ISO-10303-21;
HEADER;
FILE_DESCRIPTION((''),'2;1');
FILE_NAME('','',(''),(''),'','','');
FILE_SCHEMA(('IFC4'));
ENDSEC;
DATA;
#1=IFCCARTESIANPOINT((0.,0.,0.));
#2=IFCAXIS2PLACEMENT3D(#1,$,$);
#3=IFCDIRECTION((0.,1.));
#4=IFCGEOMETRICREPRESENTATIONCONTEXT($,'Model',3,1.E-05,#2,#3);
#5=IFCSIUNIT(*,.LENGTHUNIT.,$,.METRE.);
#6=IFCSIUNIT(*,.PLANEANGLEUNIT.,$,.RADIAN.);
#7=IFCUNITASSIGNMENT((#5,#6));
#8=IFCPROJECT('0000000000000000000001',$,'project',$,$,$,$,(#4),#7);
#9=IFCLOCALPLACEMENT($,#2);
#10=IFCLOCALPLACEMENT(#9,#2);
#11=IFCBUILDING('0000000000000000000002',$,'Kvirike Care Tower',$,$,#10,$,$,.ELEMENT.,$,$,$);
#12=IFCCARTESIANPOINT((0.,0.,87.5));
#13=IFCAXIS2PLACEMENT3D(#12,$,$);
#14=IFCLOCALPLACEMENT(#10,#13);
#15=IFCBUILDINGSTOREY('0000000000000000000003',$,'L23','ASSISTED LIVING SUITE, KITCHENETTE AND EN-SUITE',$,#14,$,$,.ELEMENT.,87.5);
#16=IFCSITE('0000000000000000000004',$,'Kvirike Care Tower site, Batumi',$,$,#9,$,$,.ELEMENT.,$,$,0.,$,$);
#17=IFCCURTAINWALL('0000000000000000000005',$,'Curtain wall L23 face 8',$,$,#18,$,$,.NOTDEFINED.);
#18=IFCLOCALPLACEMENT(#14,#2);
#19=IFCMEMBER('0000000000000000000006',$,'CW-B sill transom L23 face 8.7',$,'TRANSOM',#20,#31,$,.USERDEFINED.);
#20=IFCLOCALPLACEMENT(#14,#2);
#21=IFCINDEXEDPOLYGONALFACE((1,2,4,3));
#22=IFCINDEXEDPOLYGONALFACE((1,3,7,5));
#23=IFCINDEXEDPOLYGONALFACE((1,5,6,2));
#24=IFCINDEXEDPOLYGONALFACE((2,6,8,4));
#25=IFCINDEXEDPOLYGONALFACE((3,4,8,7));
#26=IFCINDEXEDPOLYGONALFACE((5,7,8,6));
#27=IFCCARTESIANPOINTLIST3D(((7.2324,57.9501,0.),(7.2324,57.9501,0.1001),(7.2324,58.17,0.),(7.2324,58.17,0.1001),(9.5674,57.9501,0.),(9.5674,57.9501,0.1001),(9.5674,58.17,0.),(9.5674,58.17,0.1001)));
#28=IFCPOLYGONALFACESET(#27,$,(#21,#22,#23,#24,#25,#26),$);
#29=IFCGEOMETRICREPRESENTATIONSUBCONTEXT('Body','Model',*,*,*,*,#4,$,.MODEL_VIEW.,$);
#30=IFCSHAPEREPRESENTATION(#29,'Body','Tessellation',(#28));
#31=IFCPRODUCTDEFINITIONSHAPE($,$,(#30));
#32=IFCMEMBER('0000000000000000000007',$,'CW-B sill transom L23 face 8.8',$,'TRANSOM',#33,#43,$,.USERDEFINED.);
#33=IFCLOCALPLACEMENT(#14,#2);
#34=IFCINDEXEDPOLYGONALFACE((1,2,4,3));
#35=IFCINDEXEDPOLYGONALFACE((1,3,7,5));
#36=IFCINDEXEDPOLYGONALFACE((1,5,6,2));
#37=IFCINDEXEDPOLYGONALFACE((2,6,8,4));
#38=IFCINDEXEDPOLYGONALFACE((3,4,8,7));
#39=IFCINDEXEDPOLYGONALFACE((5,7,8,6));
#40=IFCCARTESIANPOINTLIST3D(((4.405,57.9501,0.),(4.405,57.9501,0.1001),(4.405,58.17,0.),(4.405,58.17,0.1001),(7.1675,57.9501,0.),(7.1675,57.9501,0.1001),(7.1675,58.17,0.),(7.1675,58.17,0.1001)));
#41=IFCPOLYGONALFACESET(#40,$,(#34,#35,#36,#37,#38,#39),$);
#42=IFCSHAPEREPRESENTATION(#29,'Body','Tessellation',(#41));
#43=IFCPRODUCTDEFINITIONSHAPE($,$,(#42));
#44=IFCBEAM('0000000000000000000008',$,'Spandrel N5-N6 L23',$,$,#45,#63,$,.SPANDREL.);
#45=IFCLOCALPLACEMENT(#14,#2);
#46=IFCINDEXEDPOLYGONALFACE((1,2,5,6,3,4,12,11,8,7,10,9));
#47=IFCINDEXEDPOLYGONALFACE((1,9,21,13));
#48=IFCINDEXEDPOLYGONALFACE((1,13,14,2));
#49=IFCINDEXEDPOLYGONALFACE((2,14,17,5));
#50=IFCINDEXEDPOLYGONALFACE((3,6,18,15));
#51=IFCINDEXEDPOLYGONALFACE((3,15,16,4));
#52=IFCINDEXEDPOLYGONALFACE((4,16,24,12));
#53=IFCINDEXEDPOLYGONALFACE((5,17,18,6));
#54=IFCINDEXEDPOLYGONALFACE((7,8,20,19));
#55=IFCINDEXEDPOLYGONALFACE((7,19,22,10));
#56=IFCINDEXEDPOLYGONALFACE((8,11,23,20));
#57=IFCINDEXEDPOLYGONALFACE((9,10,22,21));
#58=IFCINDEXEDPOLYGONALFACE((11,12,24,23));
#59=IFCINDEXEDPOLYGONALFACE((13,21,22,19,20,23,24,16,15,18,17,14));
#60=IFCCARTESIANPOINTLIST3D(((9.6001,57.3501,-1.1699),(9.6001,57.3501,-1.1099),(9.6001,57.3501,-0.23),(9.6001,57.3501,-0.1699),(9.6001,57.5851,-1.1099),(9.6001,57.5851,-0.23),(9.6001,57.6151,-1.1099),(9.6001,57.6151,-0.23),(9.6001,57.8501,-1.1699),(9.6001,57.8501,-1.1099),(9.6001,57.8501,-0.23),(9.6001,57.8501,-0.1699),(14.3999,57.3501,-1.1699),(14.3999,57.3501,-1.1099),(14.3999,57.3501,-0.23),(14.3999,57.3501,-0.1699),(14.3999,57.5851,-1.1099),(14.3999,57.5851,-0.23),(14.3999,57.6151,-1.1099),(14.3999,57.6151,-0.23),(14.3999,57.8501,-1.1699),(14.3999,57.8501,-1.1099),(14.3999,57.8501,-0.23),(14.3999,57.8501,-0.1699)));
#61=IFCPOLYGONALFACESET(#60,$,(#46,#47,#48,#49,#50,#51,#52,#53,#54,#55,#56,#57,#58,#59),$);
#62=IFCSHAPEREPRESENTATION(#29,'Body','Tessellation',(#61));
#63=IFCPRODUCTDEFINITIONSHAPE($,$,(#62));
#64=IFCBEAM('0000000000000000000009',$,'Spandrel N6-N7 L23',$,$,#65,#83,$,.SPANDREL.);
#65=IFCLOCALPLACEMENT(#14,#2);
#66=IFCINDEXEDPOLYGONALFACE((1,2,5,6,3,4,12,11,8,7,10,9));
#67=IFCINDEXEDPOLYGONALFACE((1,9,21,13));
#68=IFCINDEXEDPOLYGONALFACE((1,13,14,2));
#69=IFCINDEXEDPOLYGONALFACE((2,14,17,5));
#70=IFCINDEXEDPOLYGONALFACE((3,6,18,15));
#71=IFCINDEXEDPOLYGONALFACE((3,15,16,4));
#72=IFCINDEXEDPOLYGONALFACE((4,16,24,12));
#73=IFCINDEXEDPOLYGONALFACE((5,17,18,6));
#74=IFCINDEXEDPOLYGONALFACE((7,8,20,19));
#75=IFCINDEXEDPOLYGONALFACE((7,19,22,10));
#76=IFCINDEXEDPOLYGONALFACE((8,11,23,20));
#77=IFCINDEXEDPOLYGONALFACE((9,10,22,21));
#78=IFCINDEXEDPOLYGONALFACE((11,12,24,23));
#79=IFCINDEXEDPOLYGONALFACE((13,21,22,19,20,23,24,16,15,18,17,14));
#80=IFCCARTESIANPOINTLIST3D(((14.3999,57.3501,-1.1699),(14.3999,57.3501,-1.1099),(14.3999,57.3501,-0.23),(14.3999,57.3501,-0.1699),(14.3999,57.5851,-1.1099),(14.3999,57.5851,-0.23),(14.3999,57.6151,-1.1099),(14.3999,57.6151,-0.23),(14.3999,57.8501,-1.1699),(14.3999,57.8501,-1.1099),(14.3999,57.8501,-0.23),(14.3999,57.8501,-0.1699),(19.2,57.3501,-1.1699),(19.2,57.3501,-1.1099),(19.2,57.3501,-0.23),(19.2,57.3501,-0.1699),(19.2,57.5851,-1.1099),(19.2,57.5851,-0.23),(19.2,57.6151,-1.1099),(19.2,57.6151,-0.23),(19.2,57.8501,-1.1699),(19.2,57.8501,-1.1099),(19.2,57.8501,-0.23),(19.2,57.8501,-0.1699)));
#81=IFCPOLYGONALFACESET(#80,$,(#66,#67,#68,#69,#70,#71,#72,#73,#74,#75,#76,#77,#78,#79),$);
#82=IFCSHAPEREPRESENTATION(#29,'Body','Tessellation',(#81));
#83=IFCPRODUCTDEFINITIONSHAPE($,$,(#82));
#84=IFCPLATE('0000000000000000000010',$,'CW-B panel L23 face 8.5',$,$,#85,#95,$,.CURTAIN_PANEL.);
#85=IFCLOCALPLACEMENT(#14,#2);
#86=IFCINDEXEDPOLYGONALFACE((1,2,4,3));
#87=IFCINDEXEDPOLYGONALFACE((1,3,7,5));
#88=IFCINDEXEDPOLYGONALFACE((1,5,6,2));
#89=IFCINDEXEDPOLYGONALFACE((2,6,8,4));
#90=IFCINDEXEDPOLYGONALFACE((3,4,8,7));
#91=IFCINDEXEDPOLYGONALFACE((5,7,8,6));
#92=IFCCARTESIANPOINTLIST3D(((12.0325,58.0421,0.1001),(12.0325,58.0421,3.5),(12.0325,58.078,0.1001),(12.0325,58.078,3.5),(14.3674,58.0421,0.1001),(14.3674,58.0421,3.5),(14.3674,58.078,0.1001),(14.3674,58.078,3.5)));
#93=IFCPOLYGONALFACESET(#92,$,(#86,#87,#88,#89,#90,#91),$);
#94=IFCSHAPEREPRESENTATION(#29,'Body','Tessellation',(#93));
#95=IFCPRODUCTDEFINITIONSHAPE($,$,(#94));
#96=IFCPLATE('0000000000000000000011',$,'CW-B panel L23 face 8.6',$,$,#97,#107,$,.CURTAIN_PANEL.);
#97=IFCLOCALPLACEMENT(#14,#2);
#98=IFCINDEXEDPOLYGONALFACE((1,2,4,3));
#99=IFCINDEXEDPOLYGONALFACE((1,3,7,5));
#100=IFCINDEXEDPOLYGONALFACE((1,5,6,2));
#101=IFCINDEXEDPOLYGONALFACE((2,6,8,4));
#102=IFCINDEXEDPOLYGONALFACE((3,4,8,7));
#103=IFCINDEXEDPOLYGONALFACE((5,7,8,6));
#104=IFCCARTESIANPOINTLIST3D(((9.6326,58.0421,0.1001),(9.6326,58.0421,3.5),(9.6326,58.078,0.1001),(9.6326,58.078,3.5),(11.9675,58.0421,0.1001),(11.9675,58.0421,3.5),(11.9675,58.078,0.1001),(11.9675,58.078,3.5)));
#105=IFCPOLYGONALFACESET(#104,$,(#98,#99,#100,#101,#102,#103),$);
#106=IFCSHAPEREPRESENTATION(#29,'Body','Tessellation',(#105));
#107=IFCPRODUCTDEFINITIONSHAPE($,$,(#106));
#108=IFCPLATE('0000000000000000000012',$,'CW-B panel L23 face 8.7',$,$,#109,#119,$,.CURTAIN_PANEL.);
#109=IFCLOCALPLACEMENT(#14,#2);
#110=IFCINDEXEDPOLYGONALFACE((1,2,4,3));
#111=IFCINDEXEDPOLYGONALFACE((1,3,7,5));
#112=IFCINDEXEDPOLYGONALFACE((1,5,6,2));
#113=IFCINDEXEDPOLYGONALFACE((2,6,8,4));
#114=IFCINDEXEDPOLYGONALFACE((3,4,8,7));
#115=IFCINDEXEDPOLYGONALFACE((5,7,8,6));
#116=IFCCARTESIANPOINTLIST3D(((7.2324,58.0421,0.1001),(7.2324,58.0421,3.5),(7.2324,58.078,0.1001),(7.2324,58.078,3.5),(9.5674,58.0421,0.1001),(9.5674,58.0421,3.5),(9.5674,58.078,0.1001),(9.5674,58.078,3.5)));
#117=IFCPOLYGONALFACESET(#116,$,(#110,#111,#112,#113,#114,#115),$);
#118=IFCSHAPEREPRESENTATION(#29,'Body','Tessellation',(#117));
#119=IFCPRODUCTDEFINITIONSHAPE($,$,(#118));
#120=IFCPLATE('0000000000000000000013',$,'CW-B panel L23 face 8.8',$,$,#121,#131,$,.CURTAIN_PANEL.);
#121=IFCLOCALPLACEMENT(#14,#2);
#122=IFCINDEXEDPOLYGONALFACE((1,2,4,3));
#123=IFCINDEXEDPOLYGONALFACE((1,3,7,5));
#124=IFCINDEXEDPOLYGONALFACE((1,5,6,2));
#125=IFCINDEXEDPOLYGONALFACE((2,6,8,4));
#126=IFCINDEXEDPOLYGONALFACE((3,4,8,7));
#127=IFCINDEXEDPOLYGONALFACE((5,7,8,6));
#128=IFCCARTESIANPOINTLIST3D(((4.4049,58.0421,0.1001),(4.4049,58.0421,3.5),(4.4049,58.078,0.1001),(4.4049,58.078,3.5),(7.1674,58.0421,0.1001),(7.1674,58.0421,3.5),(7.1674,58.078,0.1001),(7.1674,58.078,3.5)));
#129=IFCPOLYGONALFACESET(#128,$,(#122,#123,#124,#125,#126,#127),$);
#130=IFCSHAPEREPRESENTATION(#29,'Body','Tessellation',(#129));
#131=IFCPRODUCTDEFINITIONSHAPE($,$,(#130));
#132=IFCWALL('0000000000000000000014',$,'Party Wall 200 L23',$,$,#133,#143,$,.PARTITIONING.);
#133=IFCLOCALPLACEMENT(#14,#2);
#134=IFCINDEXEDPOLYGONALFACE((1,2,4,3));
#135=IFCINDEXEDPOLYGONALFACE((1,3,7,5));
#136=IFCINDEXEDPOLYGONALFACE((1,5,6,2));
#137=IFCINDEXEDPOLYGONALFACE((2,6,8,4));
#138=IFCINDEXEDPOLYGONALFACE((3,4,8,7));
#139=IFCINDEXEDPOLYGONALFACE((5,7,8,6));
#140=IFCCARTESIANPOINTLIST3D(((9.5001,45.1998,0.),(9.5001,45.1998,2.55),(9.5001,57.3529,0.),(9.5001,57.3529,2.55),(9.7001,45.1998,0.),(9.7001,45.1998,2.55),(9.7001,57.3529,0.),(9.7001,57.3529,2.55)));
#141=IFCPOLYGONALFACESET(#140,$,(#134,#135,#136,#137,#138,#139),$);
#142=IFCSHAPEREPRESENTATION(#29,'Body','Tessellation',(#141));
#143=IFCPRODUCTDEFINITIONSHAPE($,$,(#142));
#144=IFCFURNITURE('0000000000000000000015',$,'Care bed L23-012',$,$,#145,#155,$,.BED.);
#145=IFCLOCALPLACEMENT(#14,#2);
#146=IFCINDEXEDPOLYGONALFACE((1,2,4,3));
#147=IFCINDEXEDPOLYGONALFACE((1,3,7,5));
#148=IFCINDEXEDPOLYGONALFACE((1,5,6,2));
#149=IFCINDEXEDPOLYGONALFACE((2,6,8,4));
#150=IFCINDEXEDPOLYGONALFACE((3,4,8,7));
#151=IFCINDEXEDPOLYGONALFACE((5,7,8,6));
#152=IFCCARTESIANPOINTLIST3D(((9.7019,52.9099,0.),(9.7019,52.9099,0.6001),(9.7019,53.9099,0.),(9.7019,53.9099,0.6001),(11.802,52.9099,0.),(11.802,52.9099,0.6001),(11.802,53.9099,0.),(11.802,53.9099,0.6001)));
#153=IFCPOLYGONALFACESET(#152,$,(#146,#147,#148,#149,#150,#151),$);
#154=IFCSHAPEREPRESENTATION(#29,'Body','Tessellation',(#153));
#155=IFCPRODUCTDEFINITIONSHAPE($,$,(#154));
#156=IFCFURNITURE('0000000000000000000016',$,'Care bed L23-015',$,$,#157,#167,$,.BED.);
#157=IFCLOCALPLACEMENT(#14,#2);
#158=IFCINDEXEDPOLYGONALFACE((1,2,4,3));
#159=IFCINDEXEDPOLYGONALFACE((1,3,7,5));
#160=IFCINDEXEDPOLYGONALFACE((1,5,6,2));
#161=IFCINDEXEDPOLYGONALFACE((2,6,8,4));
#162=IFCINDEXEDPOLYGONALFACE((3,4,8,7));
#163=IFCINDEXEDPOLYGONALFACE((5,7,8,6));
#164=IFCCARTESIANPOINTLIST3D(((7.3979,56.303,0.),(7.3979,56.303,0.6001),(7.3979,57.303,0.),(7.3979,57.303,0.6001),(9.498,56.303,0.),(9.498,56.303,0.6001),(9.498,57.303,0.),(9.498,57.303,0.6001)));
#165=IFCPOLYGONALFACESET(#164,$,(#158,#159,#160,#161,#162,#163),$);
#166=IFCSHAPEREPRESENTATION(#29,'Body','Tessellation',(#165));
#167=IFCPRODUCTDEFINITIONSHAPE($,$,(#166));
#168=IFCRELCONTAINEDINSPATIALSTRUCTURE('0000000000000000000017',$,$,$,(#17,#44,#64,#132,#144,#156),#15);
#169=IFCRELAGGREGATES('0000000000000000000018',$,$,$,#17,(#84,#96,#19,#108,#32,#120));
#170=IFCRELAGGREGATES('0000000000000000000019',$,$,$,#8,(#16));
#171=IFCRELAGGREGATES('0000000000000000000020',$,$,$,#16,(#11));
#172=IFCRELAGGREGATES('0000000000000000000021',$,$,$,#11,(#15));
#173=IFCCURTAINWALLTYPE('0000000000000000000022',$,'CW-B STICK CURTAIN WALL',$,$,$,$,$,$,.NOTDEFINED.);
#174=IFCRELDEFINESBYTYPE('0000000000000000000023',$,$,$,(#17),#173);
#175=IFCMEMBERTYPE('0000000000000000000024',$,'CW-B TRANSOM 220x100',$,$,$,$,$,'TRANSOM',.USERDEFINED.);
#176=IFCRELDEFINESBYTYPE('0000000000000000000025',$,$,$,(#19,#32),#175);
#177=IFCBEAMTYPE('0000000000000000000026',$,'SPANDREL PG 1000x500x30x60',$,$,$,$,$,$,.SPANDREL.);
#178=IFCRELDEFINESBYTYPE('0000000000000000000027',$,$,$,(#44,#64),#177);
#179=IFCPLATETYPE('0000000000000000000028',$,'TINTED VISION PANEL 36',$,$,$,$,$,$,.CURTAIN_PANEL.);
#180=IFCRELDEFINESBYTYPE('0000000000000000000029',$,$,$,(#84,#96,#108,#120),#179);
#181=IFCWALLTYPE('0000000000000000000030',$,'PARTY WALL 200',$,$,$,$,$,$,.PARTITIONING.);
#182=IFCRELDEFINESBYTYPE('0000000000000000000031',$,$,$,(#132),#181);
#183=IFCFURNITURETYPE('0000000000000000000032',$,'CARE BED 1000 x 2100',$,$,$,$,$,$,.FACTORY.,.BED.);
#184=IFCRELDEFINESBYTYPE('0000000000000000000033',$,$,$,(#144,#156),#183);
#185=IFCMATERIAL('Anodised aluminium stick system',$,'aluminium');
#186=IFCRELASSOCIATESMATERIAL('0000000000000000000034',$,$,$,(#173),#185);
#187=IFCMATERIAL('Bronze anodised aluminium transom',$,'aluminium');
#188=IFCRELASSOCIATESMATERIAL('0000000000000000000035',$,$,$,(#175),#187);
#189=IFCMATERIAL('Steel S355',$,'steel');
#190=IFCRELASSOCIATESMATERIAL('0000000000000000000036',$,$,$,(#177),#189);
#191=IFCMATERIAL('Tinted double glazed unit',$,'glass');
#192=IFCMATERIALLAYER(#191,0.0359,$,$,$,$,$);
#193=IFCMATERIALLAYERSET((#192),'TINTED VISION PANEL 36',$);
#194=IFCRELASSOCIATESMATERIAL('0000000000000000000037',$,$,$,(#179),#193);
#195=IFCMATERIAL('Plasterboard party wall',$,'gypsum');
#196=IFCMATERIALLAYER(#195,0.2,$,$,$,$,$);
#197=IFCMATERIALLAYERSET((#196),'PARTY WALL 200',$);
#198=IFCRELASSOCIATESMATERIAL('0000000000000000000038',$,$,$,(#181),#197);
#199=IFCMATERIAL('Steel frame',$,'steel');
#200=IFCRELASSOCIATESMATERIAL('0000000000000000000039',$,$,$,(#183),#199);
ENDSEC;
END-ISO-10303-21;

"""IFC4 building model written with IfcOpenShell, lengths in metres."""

from ifc_helpers import new_model, si_unit, direction, frame, frame_2d, origin, origin_2d, place, context, subcontext, project, spatial, rectangle, i_section, extrude, material, layer, layer_set, material_profile, profile_set, type_object, element, aggregate, save


model = new_model("IFC4")

# Units and contexts
model_context = context("Model", 3, precision=1e-05, world=origin(), true_north=direction((0.0, 1.0)))
body_context = subcontext(model_context, "Body", "Model", "MODEL_VIEW")
ifc_project = project(units=[si_unit("LENGTHUNIT", "METRE"), si_unit("PLANEANGLEUNIT", "RADIAN")], contexts=[model_context])

# Site, building, storey
site_placement = place(None, origin())
site = spatial("IfcSite", under=ifc_project, at=site_placement, Name="Kvirike Care Tower site, Batumi", CompositionType="ELEMENT", RefElevation=0.0)
building_placement = place(site_placement, origin())
building = spatial("IfcBuilding", under=site, at=building_placement, Name="Kvirike Care Tower", CompositionType="ELEMENT")
storey_placement = place(building_placement, frame((0.0, 0.0, 87.5)))
storey = spatial("IfcBuildingStorey", under=building, at=storey_placement, Name="L23", Description="ASSISTED LIVING SUITE, KITCHENETTE AND EN-SUITE", CompositionType="ELEMENT", Elevation=87.5)

# Curtain wall, members
ifc_material_1 = material(Name="Anodised aluminium stick system", Category="aluminium")
curtain_wall_type = type_object("IfcCurtainWallType", Name="CW-B STICK CURTAIN WALL", PredefinedType="NOTDEFINED", material=ifc_material_1)
curtain_wall_placement = place(storey_placement, origin())
curtain_wall = element("IfcCurtainWall", 1, at=curtain_wall_placement, inside=storey, type_object=curtain_wall_type, Name="Curtain wall L23 face 8", PredefinedType="NOTDEFINED")
ifc_material_2 = material(Name="Bronze anodised aluminium transom", Category="aluminium")
ifc_material_profile_1 = material_profile(ifc_material_2, rectangle(XDim=0.22, YDim=0.1001, at=origin_2d()), Name="CW-B TRANSOM 220x100")
ifc_profile_set_1 = profile_set([ifc_material_profile_1], Name="Bronze anodised aluminium transom")
member_type_1 = type_object("IfcMemberType", Name="CW-B TRANSOM 220x100", ElementType="TRANSOM", PredefinedType="USERDEFINED", material=ifc_profile_set_1)
member_1_placement = place(storey_placement, frame((9.5674, 58.0601, 0.05), z_axis=(-1.0, 0.0, 0.0), x_axis=(0.0, -1.0, 0.0)))
member_1 = element("IfcMember", 2, at=member_1_placement, type_object=member_type_1, Name="CW-B sill transom L23 face 8.7", ObjectType="TRANSOM", PredefinedType="USERDEFINED", context=body_context, shape_type="SweptSolid", body=[
    extrude(rectangle(XDim=0.22, YDim=0.1001, at=origin_2d()), origin(), (0.0, 0.0, 1.0), 2.335),
])
member_2_placement = place(storey_placement, frame((7.1675, 58.0601, 0.05), z_axis=(-1.0, 0.0, 0.0), x_axis=(0.0, -1.0, 0.0)))
member_2 = element("IfcMember", 3, at=member_2_placement, type_object=member_type_1, Name="CW-B sill transom L23 face 8.8", ObjectType="TRANSOM", PredefinedType="USERDEFINED", context=body_context, shape_type="SweptSolid", body=[
    extrude(rectangle(XDim=0.22, YDim=0.1001, at=origin_2d()), origin(), (0.0, 0.0, 1.0), 2.7625),
])

# Beams
ifc_material_3 = material(Name="Steel S355", Category="steel")
ifc_material_profile_2 = material_profile(ifc_material_3, i_section(OverallWidth=0.5, OverallDepth=1.0, WebThickness=0.03, FlangeThickness=0.0601, at=origin_2d()), Name="PG 1000x500x30x60")
ifc_profile_set_2 = profile_set([ifc_material_profile_2], Name="Steel S355")
beam_type = type_object("IfcBeamType", Name="SPANDREL PG 1000x500x30x60", PredefinedType="SPANDREL", material=ifc_profile_set_2)
beam_1_placement = place(storey_placement, frame((9.6001, 57.6001, -0.6699), z_axis=(1.0, 0.0, 0.0), x_axis=(0.0, 1.0, 0.0)))
element("IfcBeam", 4, at=beam_1_placement, inside=storey, type_object=beam_type, Name="Spandrel N5-N6 L23", PredefinedType="SPANDREL", context=body_context, shape_type="SweptSolid", body=[
    extrude(i_section(OverallWidth=0.5, OverallDepth=1.0, WebThickness=0.03, FlangeThickness=0.0601, at=origin_2d()), origin(), (0.0, 0.0, 1.0), 4.7998),
])
beam_2_placement = place(storey_placement, frame((14.3999, 57.6001, -0.6699), z_axis=(1.0, 0.0, 0.0), x_axis=(0.0, 1.0, 0.0)))
element("IfcBeam", 5, at=beam_2_placement, inside=storey, type_object=beam_type, Name="Spandrel N6-N7 L23", PredefinedType="SPANDREL", context=body_context, shape_type="SweptSolid", body=[
    extrude(i_section(OverallWidth=0.5, OverallDepth=1.0, WebThickness=0.03, FlangeThickness=0.0601, at=origin_2d()), origin(), (0.0, 0.0, 1.0), 4.8),
])

# Plates
ifc_material_4 = material(Name="Tinted double glazed unit", Category="glass")
ifc_layer_1 = layer(ifc_material_4, 0.0359)
ifc_layer_set_1 = layer_set([ifc_layer_1], Name="TINTED VISION PANEL 36")
plate_type = type_object("IfcPlateType", Name="TINTED VISION PANEL 36", PredefinedType="CURTAIN_PANEL", material=ifc_layer_set_1)
plate_1_placement = place(storey_placement, frame((13.2, 58.0601, 0.1001), z_axis=(0.0, 0.0, 1.0), x_axis=(-1.0, 0.0, 0.0)))
plate_1 = element("IfcPlate", 6, at=plate_1_placement, type_object=plate_type, Name="CW-B panel L23 face 8.5", PredefinedType="CURTAIN_PANEL", context=body_context, shape_type="SweptSolid", body=[
    extrude(rectangle(XDim=2.335, YDim=0.0359, at=origin_2d()), origin(), (0.0, 0.0, 1.0), 3.3999),
])
plate_2_placement = place(storey_placement, frame((10.8, 58.0601, 0.1001), z_axis=(0.0, 0.0, 1.0), x_axis=(-1.0, 0.0, 0.0)))
plate_2 = element("IfcPlate", 7, at=plate_2_placement, type_object=plate_type, Name="CW-B panel L23 face 8.6", PredefinedType="CURTAIN_PANEL", context=body_context, shape_type="SweptSolid", body=[
    extrude(rectangle(XDim=2.335, YDim=0.0359, at=origin_2d()), origin(), (0.0, 0.0, 1.0), 3.3999),
])
plate_3_placement = place(storey_placement, frame((8.3999, 58.0601, 0.1001), z_axis=(0.0, 0.0, 1.0), x_axis=(-1.0, 0.0, 0.0)))
plate_3 = element("IfcPlate", 8, at=plate_3_placement, type_object=plate_type, Name="CW-B panel L23 face 8.7", PredefinedType="CURTAIN_PANEL", context=body_context, shape_type="SweptSolid", body=[
    extrude(rectangle(XDim=2.335, YDim=0.0359, at=origin_2d()), origin(), (0.0, 0.0, 1.0), 3.3999),
])
plate_4_placement = place(storey_placement, frame((5.7861, 58.0601, 0.1001), z_axis=(0.0, 0.0, 1.0), x_axis=(-1.0, 0.0, 0.0)))
plate_4 = element("IfcPlate", 9, at=plate_4_placement, type_object=plate_type, Name="CW-B panel L23 face 8.8", PredefinedType="CURTAIN_PANEL", context=body_context, shape_type="SweptSolid", body=[
    extrude(rectangle(XDim=2.7625, YDim=0.0359, at=origin_2d()), origin(), (0.0, 0.0, 1.0), 3.3999),
])
aggregate(curtain_wall, [plate_1, plate_2, member_1, plate_3, member_2, plate_4])

# Wall
ifc_material_5 = material(Name="Plasterboard party wall", Category="gypsum")
ifc_layer_2 = layer(ifc_material_5, 0.2)
ifc_layer_set_2 = layer_set([ifc_layer_2], Name="PARTY WALL 200")
wall_type = type_object("IfcWallType", Name="PARTY WALL 200", PredefinedType="PARTITIONING", material=ifc_layer_set_2)
wall_placement = place(storey_placement, frame((9.6001, 57.353, 0.0), z_axis=(0.0, 0.0, 1.0), x_axis=(0.0, -1.0, 0.0)))
element("IfcWall", 10, at=wall_placement, inside=storey, type_object=wall_type, Name="Party Wall 200 L23", PredefinedType="PARTITIONING", context=body_context, shape_type="SweptSolid", body=[
    extrude(rectangle(XDim=12.1531, YDim=0.2, at=frame_2d((6.0767, 0.0))), origin(), (0.0, 0.0, 1.0), 2.55),
])

# Furniture
ifc_material_6 = material(Name="Steel frame", Category="steel")
furniture_type = type_object("IfcFurnitureType", Name="CARE BED 1000 x 2100", AssemblyPlace="FACTORY", PredefinedType="BED", material=ifc_material_6)
for number, where, z_axis, x_axis, name in (
    (11, (10.752, 53.4099, 0.0), (0.0, 0.0, 1.0), (0.0, 1.0, 0.0), "Care bed L23-012"),
    (12, (8.448, 56.803, 0.0), (0.0, 0.0, 1.0), (0.0, -1.0, 0.0), "Care bed L23-015"),
):
    element("IfcFurniture", number, at=place(storey_placement, frame(where, z_axis=z_axis, x_axis=x_axis)), inside=storey, type_object=furniture_type, Name=name, PredefinedType="BED", context=body_context, shape_type="SweptSolid", body=[
        extrude(rectangle(XDim=1.0, YDim=2.1001, at=origin_2d()), origin(), (0.0, 0.0, 1.0), 0.6001),
    ])

save(model, "model.ifc")
